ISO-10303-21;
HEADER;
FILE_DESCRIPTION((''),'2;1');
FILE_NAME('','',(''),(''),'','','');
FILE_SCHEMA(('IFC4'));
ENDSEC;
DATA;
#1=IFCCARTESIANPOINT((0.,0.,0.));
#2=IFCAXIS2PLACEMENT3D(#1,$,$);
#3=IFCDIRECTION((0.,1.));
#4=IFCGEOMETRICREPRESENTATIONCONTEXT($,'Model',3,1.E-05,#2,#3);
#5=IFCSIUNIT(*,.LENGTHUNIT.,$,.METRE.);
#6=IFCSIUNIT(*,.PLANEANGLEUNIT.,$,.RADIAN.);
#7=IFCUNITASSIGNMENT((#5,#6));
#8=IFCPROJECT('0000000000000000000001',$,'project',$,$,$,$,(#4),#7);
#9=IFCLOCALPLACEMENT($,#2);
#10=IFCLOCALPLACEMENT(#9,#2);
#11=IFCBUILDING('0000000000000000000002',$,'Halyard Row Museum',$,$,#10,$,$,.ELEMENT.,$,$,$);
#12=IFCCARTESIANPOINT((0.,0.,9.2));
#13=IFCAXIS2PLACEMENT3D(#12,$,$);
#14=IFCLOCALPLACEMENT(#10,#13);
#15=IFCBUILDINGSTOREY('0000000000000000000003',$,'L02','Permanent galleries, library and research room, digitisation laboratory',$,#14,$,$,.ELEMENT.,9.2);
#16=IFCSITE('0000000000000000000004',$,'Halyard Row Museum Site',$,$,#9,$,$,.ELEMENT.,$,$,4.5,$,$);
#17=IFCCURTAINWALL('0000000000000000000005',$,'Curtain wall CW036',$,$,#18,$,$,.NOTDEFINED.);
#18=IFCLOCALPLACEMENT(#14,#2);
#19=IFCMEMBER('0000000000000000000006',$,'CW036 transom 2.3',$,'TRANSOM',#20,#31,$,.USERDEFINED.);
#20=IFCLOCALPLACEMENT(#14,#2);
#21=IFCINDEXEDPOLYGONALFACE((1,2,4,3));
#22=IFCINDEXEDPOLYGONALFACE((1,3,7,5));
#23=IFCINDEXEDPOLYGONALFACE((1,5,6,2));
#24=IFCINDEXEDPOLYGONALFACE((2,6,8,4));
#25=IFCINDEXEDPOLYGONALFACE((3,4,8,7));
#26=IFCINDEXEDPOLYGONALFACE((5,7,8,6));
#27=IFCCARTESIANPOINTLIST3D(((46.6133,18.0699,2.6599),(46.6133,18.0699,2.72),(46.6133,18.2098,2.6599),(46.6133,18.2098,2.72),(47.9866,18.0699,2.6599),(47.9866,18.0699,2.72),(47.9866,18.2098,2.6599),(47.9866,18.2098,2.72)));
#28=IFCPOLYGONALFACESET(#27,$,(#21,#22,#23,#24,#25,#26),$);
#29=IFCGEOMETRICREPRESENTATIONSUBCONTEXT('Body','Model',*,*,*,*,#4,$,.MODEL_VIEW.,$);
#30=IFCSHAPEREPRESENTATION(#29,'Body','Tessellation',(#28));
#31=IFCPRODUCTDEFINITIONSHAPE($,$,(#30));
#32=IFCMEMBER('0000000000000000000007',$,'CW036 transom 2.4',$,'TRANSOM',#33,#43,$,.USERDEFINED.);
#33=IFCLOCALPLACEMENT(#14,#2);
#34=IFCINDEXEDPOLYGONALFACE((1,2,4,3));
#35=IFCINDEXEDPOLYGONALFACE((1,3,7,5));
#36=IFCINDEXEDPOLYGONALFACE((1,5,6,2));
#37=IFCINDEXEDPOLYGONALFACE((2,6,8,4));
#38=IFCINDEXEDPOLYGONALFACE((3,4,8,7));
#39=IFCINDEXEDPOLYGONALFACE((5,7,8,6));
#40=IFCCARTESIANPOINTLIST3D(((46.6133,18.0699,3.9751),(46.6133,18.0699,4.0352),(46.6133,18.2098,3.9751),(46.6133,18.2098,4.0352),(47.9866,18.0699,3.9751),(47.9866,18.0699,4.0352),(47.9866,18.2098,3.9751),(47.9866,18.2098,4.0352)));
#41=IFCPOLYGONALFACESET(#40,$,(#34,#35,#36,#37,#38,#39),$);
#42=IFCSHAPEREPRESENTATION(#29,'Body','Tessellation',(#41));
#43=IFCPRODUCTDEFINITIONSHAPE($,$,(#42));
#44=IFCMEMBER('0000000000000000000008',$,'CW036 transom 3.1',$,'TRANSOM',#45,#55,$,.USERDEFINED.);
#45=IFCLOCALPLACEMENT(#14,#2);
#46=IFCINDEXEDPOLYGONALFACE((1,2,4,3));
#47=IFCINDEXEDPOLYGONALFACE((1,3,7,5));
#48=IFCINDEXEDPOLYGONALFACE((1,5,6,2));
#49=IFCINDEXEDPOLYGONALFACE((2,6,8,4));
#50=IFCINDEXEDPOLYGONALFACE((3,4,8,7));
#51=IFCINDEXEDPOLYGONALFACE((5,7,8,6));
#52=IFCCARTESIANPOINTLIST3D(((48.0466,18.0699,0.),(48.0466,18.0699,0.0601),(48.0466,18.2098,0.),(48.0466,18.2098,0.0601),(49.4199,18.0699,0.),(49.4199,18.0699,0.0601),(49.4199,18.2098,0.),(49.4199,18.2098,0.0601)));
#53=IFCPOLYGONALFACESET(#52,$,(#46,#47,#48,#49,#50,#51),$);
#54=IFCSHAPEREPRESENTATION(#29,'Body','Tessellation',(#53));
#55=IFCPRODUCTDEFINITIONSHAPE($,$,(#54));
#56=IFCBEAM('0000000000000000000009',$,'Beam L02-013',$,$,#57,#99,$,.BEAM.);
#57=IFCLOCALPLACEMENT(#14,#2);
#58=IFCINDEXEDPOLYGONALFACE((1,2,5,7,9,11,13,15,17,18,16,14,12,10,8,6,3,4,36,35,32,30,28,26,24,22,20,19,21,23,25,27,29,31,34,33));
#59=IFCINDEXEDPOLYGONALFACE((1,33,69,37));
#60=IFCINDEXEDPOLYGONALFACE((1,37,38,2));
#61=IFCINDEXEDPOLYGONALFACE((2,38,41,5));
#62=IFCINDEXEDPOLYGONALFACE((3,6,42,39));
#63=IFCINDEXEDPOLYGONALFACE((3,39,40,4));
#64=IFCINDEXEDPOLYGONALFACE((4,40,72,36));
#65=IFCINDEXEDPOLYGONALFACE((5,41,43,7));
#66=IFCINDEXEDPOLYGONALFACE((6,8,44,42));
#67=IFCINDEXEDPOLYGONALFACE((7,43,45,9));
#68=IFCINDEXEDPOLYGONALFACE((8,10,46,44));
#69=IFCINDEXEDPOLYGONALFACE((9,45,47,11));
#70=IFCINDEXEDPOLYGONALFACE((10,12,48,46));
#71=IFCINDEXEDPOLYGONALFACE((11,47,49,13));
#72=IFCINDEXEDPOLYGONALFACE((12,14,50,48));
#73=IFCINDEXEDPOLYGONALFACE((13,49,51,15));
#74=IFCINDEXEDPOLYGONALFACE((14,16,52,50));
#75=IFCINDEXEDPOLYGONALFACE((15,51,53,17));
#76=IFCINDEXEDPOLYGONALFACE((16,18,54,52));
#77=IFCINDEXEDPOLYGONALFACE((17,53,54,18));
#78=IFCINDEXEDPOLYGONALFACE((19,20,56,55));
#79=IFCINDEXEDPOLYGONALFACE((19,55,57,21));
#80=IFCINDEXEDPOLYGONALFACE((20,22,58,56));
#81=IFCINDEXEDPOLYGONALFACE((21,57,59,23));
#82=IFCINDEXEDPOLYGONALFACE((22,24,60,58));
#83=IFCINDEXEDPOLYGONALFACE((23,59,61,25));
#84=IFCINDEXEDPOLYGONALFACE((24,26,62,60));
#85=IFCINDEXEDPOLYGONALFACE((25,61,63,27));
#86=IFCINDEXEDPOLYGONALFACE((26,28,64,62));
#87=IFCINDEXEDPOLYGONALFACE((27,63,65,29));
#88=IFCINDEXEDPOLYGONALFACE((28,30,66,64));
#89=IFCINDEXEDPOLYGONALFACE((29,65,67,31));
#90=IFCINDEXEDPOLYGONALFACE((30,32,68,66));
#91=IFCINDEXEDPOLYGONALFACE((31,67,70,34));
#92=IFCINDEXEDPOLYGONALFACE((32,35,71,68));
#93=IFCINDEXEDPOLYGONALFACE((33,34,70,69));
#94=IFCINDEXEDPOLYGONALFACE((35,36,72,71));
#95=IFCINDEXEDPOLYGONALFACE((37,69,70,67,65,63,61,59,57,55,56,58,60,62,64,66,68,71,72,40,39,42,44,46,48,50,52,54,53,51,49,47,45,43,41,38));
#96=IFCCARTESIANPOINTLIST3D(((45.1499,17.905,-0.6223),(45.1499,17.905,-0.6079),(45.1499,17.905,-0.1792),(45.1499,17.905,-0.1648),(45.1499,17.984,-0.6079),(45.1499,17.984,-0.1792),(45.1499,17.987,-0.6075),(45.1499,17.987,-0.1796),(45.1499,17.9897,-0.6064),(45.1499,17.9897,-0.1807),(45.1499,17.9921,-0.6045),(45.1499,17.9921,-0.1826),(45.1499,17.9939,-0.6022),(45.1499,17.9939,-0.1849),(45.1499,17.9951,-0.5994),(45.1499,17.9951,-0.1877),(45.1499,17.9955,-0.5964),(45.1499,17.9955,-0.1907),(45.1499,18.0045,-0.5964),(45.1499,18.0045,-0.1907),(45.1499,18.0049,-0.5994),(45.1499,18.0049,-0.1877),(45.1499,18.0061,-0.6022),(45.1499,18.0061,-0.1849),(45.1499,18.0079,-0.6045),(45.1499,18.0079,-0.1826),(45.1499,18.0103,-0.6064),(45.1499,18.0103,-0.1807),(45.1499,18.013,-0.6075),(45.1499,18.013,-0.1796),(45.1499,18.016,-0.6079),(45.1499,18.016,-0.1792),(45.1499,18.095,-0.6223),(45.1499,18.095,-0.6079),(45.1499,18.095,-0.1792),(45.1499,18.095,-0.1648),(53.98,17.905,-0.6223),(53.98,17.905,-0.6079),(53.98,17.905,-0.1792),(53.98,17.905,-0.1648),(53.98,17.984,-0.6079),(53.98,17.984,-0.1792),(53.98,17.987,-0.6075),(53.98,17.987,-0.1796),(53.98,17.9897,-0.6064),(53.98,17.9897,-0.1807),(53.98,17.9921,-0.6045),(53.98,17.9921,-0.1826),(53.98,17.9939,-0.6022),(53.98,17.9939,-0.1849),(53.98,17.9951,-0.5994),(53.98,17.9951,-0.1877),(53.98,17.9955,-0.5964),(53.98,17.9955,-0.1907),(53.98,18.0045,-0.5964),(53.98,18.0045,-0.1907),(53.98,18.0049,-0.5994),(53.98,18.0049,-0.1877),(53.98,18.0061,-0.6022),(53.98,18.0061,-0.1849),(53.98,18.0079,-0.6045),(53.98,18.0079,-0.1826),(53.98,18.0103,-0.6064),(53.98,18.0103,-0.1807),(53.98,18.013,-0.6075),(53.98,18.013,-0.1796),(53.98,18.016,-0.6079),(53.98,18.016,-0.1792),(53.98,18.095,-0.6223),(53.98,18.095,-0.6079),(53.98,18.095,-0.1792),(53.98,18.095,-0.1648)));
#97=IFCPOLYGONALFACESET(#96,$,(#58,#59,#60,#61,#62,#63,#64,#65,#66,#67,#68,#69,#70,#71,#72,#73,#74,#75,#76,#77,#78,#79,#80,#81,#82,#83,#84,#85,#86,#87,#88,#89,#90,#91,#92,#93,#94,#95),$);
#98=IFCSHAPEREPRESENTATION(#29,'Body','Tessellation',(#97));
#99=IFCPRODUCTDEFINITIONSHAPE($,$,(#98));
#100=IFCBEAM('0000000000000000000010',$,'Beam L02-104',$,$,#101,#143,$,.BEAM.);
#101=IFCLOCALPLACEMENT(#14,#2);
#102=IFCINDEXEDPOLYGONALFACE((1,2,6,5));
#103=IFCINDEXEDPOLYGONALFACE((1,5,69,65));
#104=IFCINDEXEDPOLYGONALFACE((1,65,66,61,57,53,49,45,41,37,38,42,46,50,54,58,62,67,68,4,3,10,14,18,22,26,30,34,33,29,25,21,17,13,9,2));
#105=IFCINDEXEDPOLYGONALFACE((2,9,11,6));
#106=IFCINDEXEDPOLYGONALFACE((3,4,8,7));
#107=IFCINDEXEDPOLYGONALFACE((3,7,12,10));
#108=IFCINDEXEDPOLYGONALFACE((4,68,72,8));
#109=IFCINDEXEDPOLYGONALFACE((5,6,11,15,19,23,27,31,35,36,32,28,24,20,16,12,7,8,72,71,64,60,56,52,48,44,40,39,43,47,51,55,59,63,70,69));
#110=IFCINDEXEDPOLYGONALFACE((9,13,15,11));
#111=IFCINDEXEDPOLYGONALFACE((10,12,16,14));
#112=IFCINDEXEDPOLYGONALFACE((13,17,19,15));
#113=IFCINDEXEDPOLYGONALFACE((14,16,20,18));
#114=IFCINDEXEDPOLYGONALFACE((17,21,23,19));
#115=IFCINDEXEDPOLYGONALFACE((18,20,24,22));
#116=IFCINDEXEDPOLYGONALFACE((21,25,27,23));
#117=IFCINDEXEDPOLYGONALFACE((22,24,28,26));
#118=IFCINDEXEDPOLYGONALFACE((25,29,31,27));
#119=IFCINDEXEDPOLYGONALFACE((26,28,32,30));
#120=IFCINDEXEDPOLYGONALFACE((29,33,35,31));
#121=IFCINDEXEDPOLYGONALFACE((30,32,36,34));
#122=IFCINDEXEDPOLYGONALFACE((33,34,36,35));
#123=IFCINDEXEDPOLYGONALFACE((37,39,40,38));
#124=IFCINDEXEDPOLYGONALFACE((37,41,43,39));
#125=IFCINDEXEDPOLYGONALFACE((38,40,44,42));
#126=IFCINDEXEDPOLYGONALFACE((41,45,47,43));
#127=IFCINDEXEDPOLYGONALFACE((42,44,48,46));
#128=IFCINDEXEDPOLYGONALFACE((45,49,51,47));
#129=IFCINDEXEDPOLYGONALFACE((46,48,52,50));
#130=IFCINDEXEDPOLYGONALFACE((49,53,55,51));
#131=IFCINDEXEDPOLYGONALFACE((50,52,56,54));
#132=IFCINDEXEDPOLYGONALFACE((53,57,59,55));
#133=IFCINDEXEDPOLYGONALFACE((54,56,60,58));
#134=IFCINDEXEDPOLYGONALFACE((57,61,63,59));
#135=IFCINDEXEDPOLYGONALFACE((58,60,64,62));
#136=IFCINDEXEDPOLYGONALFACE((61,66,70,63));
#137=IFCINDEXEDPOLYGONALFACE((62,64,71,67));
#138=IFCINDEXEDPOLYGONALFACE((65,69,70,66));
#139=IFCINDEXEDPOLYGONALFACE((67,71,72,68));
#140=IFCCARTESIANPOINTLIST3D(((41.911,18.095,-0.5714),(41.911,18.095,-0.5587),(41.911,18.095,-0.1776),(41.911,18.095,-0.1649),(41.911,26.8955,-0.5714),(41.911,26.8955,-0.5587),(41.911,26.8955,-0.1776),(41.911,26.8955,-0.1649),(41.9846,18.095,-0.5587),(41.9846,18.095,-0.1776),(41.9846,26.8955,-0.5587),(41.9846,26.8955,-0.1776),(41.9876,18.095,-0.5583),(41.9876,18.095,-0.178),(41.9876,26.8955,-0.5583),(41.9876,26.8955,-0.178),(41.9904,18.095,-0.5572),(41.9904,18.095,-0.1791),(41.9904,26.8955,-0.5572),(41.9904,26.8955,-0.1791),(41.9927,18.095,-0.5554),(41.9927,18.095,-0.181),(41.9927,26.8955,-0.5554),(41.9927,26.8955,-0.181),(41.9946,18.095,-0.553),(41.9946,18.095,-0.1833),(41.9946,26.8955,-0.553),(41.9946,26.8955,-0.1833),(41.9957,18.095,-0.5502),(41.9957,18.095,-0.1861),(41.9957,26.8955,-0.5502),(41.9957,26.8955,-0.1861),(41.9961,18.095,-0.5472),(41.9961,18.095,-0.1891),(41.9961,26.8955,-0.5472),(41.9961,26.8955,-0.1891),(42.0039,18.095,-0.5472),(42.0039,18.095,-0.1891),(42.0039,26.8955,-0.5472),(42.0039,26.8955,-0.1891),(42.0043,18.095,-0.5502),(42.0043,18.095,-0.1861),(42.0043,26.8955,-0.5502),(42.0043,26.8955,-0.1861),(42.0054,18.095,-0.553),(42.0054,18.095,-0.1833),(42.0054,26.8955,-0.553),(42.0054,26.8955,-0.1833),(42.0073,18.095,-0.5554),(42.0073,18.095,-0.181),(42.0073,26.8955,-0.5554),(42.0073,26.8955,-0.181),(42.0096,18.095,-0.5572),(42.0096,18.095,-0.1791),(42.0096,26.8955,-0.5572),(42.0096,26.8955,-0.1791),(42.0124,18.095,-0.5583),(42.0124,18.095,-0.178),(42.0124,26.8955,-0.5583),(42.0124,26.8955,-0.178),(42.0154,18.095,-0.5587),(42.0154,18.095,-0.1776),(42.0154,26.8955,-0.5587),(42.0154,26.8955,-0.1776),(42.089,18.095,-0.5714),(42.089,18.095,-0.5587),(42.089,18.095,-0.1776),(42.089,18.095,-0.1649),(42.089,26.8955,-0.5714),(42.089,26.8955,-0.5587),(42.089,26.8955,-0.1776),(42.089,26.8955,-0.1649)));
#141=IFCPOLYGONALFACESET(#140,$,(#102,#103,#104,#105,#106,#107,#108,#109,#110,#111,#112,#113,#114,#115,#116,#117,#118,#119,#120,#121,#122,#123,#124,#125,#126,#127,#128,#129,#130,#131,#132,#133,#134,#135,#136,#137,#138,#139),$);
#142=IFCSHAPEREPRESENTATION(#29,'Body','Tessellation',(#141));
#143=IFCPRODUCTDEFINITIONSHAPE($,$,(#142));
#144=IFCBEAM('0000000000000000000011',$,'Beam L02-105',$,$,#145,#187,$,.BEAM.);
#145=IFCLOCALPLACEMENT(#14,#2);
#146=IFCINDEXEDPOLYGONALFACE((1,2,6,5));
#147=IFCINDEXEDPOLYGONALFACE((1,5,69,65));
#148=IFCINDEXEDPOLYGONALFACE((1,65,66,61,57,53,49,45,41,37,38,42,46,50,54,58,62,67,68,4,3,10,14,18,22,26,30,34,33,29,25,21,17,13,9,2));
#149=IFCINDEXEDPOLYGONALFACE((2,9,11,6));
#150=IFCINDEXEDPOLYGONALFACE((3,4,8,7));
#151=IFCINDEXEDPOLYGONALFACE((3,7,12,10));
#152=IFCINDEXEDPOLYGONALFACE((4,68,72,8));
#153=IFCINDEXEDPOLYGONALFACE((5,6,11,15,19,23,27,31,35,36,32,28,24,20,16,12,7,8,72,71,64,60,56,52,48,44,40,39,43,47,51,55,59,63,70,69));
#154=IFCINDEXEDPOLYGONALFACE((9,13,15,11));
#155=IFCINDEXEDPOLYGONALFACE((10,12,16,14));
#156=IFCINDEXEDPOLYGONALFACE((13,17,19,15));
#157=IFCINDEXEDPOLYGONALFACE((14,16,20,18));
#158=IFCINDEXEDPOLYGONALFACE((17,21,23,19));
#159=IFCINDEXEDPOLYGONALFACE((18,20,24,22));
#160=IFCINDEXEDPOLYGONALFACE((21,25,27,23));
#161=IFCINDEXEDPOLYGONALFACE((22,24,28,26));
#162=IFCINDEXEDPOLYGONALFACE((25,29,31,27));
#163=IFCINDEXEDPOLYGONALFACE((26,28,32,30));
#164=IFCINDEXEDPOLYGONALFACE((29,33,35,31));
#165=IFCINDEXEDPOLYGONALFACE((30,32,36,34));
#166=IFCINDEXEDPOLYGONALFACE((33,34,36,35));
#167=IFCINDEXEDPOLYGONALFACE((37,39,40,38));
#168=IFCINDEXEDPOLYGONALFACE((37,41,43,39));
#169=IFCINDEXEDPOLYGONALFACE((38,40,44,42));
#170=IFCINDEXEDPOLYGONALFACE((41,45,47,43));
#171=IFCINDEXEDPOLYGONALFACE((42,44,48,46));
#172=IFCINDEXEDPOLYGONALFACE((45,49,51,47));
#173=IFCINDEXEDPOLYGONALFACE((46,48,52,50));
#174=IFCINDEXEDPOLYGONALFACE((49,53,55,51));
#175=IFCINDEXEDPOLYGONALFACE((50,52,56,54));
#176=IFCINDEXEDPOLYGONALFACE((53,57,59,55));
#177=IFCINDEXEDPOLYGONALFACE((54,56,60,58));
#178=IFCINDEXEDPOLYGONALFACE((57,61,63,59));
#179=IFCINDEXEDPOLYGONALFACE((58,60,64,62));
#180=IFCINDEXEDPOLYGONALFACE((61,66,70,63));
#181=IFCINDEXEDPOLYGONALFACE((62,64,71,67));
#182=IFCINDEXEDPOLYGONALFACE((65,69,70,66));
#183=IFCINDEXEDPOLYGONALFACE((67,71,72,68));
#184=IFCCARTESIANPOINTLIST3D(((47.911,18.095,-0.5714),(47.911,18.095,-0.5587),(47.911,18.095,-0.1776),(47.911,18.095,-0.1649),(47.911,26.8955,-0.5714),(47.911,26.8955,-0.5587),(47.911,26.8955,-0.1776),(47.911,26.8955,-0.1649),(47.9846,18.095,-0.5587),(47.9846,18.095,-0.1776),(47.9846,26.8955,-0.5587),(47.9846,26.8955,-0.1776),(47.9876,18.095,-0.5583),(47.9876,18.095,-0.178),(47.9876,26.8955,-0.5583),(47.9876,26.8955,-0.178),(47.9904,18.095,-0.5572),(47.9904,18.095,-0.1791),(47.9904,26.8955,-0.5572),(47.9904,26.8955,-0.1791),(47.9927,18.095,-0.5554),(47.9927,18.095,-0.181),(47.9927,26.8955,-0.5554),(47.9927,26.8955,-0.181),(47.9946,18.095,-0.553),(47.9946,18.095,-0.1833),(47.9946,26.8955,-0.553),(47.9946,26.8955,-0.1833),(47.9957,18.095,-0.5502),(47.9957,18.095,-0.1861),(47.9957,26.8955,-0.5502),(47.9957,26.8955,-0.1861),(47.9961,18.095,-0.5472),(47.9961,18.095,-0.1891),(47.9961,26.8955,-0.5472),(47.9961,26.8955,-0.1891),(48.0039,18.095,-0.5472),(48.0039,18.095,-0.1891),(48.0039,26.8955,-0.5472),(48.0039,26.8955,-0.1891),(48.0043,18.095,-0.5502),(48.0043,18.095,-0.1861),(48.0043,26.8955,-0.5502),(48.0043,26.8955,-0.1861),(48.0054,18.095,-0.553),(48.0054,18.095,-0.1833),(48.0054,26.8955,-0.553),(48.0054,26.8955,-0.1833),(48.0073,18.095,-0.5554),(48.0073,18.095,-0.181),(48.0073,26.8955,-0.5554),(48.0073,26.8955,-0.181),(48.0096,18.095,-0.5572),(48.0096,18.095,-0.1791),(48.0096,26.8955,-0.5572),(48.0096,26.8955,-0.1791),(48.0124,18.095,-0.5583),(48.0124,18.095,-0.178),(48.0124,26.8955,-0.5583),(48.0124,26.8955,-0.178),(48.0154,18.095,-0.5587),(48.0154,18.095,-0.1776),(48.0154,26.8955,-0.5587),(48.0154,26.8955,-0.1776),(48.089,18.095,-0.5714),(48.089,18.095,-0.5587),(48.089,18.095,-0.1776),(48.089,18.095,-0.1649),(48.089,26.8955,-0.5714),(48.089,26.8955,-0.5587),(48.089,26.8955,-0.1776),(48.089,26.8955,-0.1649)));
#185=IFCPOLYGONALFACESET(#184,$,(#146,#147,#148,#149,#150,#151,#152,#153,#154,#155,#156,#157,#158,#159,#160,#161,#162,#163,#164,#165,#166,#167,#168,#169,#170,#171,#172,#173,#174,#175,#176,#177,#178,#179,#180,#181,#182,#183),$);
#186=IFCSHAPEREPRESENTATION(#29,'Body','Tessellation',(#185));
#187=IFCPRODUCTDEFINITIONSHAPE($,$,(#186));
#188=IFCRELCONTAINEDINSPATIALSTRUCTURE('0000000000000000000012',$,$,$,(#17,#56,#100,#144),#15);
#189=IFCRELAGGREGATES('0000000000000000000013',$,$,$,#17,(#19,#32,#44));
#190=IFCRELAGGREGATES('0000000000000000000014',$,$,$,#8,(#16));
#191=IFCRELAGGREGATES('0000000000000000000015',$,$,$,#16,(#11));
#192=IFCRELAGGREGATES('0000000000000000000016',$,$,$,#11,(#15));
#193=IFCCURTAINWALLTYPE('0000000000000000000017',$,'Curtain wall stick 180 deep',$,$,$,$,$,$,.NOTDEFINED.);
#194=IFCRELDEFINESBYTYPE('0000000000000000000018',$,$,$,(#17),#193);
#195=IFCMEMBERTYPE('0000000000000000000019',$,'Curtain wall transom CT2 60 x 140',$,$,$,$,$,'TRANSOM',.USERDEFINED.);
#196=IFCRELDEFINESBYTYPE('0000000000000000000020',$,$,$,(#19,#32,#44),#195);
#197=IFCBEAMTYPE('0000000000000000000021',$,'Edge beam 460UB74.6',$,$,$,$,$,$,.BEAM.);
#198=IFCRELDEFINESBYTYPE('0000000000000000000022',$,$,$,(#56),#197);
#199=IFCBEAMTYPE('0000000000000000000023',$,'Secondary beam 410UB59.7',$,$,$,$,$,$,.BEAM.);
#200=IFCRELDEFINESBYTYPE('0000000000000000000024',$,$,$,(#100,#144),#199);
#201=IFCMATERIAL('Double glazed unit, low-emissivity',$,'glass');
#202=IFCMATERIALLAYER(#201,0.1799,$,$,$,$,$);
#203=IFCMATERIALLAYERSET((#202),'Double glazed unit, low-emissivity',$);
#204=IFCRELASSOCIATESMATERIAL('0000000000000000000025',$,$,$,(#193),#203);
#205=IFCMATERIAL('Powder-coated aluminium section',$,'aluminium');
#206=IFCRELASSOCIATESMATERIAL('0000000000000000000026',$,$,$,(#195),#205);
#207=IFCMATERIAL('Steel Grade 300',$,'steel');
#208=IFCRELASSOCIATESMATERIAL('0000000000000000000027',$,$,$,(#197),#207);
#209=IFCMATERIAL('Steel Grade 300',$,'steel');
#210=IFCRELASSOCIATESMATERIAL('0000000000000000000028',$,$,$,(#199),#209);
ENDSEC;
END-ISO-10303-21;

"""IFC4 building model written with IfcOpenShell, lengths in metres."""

from ifc_helpers import new_model, si_unit, direction, frame, origin, origin_2d, place, context, subcontext, project, spatial, rectangle, i_section, extrude, material, layer, layer_set, material_profile, profile_set, type_object, element, aggregate, save


model = new_model("IFC4")

# Units and contexts
model_context = context("Model", 3, precision=1e-05, world=origin(), true_north=direction((0.0, 1.0)))
body_context = subcontext(model_context, "Body", "Model", "MODEL_VIEW")
ifc_project = project(units=[si_unit("LENGTHUNIT", "METRE"), si_unit("PLANEANGLEUNIT", "RADIAN")], contexts=[model_context])

# Site, building, storey
site_placement = place(None, origin())
site = spatial("IfcSite", under=ifc_project, at=site_placement, Name="Halyard Row Museum Site", CompositionType="ELEMENT", RefElevation=4.5)
building_placement = place(site_placement, origin())
building = spatial("IfcBuilding", under=site, at=building_placement, Name="Halyard Row Museum", CompositionType="ELEMENT")
storey_placement = place(building_placement, frame((0.0, 0.0, 9.2)))
storey = spatial("IfcBuildingStorey", under=building, at=storey_placement, Name="L02", Description="Permanent galleries, library and research room, digitisation laboratory", CompositionType="ELEMENT", Elevation=9.2)

# Curtain wall, members
ifc_material_1 = material(Name="Double glazed unit, low-emissivity", Category="glass")
ifc_layer_1 = layer(ifc_material_1, 0.1799)
ifc_layer_set_1 = layer_set([ifc_layer_1], Name="Double glazed unit, low-emissivity")
curtain_wall_type = type_object("IfcCurtainWallType", Name="Curtain wall stick 180 deep", PredefinedType="NOTDEFINED", material=ifc_layer_set_1)
curtain_wall_placement = place(storey_placement, origin())
curtain_wall = element("IfcCurtainWall", 1, at=curtain_wall_placement, inside=storey, type_object=curtain_wall_type, Name="Curtain wall CW036", PredefinedType="NOTDEFINED")
ifc_material_2 = material(Name="Powder-coated aluminium section", Category="aluminium")
ifc_material_profile_1 = material_profile(ifc_material_2, rectangle(XDim=0.1399, YDim=0.0601, at=origin_2d()), Name="140x60 transom")
ifc_profile_set_1 = profile_set([ifc_material_profile_1], Name="Powder-coated aluminium section")
member_type_1 = type_object("IfcMemberType", Name="Curtain wall transom CT2 60 x 140", ElementType="TRANSOM", PredefinedType="USERDEFINED", material=ifc_profile_set_1)
member_1_placement = place(storey_placement, frame((46.6133, 18.1399, 2.6899), z_axis=(1.0, 0.0, 0.0), x_axis=(0.0, 1.0, 0.0)))
member_1 = element("IfcMember", 2, at=member_1_placement, type_object=member_type_1, Name="CW036 transom 2.3", ObjectType="TRANSOM", PredefinedType="USERDEFINED", context=body_context, shape_type="SweptSolid", body=[
    extrude(rectangle(XDim=0.1399, YDim=0.0601, at=origin_2d()), origin(), (0.0, 0.0, 1.0), 1.3733),
])
member_2_placement = place(storey_placement, frame((46.6133, 18.1399, 4.0051), z_axis=(1.0, 0.0, 0.0), x_axis=(0.0, 1.0, 0.0)))
member_2 = element("IfcMember", 3, at=member_2_placement, type_object=member_type_1, Name="CW036 transom 2.4", ObjectType="TRANSOM", PredefinedType="USERDEFINED", context=body_context, shape_type="SweptSolid", body=[
    extrude(rectangle(XDim=0.1399, YDim=0.0601, at=origin_2d()), origin(), (0.0, 0.0, 1.0), 1.3733),
])
member_3_placement = place(storey_placement, frame((48.0466, 18.1399, 0.03), z_axis=(1.0, 0.0, 0.0), x_axis=(0.0, 1.0, 0.0)))
member_3 = element("IfcMember", 4, at=member_3_placement, type_object=member_type_1, Name="CW036 transom 3.1", ObjectType="TRANSOM", PredefinedType="USERDEFINED", context=body_context, shape_type="SweptSolid", body=[
    extrude(rectangle(XDim=0.1399, YDim=0.0601, at=origin_2d()), origin(), (0.0, 0.0, 1.0), 1.3733),
])

# Beams
ifc_material_3 = material(Name="Steel Grade 300", Category="steel")
ifc_material_profile_2 = material_profile(ifc_material_3, i_section(OverallWidth=0.1899, OverallDepth=0.4575, WebThickness=0.009, FlangeThickness=0.0144, FilletRadius=0.0115, at=origin_2d()), Name="460UB74.6")
ifc_profile_set_2 = profile_set([ifc_material_profile_2], Name="Steel Grade 300")
beam_type_1 = type_object("IfcBeamType", Name="Edge beam 460UB74.6", PredefinedType="BEAM", material=ifc_profile_set_2)
beam_placement = place(storey_placement, frame((45.1499, 18.0, -0.3936), z_axis=(1.0, 0.0, 0.0), x_axis=(0.0, 1.0, 0.0)))
element("IfcBeam", 5, at=beam_placement, inside=storey, type_object=beam_type_1, Name="Beam L02-013", PredefinedType="BEAM", context=body_context, shape_type="SweptSolid", body=[
    extrude(i_section(OverallWidth=0.1899, OverallDepth=0.4575, WebThickness=0.009, FlangeThickness=0.0144, FilletRadius=0.0115, at=origin_2d()), origin(), (0.0, 0.0, 1.0), 8.8301),
])
ifc_material_4 = material(Name="Steel Grade 300", Category="steel")
ifc_material_profile_3 = material_profile(ifc_material_4, i_section(OverallWidth=0.178, OverallDepth=0.4065, WebThickness=0.0078, FlangeThickness=0.0127, FilletRadius=0.0115, at=origin_2d()), Name="410UB59.7")
ifc_profile_set_3 = profile_set([ifc_material_profile_3], Name="Steel Grade 300")
beam_type_2 = type_object("IfcBeamType", Name="Secondary beam 410UB59.7", PredefinedType="BEAM", material=ifc_profile_set_3)
for number, where, z_axis, x_axis, name in (
    (6, (42.0, 18.095, -0.3682), (0.0, 1.0, 0.0), (-1.0, 0.0, 0.0), "Beam L02-104"),
    (7, (48.0, 18.095, -0.3682), (0.0, 1.0, 0.0), (-1.0, 0.0, 0.0), "Beam L02-105"),
):
    element("IfcBeam", number, at=place(storey_placement, frame(where, z_axis=z_axis, x_axis=x_axis)), inside=storey, type_object=beam_type_2, Name=name, PredefinedType="BEAM", context=body_context, shape_type="SweptSolid", body=[
        extrude(i_section(OverallWidth=0.178, OverallDepth=0.4065, WebThickness=0.0078, FlangeThickness=0.0127, FilletRadius=0.0115, at=origin_2d()), origin(), (0.0, 0.0, 1.0), 8.8005),
    ])

aggregate(curtain_wall, [member_1, member_2, member_3])

save(model, "model.ifc")
